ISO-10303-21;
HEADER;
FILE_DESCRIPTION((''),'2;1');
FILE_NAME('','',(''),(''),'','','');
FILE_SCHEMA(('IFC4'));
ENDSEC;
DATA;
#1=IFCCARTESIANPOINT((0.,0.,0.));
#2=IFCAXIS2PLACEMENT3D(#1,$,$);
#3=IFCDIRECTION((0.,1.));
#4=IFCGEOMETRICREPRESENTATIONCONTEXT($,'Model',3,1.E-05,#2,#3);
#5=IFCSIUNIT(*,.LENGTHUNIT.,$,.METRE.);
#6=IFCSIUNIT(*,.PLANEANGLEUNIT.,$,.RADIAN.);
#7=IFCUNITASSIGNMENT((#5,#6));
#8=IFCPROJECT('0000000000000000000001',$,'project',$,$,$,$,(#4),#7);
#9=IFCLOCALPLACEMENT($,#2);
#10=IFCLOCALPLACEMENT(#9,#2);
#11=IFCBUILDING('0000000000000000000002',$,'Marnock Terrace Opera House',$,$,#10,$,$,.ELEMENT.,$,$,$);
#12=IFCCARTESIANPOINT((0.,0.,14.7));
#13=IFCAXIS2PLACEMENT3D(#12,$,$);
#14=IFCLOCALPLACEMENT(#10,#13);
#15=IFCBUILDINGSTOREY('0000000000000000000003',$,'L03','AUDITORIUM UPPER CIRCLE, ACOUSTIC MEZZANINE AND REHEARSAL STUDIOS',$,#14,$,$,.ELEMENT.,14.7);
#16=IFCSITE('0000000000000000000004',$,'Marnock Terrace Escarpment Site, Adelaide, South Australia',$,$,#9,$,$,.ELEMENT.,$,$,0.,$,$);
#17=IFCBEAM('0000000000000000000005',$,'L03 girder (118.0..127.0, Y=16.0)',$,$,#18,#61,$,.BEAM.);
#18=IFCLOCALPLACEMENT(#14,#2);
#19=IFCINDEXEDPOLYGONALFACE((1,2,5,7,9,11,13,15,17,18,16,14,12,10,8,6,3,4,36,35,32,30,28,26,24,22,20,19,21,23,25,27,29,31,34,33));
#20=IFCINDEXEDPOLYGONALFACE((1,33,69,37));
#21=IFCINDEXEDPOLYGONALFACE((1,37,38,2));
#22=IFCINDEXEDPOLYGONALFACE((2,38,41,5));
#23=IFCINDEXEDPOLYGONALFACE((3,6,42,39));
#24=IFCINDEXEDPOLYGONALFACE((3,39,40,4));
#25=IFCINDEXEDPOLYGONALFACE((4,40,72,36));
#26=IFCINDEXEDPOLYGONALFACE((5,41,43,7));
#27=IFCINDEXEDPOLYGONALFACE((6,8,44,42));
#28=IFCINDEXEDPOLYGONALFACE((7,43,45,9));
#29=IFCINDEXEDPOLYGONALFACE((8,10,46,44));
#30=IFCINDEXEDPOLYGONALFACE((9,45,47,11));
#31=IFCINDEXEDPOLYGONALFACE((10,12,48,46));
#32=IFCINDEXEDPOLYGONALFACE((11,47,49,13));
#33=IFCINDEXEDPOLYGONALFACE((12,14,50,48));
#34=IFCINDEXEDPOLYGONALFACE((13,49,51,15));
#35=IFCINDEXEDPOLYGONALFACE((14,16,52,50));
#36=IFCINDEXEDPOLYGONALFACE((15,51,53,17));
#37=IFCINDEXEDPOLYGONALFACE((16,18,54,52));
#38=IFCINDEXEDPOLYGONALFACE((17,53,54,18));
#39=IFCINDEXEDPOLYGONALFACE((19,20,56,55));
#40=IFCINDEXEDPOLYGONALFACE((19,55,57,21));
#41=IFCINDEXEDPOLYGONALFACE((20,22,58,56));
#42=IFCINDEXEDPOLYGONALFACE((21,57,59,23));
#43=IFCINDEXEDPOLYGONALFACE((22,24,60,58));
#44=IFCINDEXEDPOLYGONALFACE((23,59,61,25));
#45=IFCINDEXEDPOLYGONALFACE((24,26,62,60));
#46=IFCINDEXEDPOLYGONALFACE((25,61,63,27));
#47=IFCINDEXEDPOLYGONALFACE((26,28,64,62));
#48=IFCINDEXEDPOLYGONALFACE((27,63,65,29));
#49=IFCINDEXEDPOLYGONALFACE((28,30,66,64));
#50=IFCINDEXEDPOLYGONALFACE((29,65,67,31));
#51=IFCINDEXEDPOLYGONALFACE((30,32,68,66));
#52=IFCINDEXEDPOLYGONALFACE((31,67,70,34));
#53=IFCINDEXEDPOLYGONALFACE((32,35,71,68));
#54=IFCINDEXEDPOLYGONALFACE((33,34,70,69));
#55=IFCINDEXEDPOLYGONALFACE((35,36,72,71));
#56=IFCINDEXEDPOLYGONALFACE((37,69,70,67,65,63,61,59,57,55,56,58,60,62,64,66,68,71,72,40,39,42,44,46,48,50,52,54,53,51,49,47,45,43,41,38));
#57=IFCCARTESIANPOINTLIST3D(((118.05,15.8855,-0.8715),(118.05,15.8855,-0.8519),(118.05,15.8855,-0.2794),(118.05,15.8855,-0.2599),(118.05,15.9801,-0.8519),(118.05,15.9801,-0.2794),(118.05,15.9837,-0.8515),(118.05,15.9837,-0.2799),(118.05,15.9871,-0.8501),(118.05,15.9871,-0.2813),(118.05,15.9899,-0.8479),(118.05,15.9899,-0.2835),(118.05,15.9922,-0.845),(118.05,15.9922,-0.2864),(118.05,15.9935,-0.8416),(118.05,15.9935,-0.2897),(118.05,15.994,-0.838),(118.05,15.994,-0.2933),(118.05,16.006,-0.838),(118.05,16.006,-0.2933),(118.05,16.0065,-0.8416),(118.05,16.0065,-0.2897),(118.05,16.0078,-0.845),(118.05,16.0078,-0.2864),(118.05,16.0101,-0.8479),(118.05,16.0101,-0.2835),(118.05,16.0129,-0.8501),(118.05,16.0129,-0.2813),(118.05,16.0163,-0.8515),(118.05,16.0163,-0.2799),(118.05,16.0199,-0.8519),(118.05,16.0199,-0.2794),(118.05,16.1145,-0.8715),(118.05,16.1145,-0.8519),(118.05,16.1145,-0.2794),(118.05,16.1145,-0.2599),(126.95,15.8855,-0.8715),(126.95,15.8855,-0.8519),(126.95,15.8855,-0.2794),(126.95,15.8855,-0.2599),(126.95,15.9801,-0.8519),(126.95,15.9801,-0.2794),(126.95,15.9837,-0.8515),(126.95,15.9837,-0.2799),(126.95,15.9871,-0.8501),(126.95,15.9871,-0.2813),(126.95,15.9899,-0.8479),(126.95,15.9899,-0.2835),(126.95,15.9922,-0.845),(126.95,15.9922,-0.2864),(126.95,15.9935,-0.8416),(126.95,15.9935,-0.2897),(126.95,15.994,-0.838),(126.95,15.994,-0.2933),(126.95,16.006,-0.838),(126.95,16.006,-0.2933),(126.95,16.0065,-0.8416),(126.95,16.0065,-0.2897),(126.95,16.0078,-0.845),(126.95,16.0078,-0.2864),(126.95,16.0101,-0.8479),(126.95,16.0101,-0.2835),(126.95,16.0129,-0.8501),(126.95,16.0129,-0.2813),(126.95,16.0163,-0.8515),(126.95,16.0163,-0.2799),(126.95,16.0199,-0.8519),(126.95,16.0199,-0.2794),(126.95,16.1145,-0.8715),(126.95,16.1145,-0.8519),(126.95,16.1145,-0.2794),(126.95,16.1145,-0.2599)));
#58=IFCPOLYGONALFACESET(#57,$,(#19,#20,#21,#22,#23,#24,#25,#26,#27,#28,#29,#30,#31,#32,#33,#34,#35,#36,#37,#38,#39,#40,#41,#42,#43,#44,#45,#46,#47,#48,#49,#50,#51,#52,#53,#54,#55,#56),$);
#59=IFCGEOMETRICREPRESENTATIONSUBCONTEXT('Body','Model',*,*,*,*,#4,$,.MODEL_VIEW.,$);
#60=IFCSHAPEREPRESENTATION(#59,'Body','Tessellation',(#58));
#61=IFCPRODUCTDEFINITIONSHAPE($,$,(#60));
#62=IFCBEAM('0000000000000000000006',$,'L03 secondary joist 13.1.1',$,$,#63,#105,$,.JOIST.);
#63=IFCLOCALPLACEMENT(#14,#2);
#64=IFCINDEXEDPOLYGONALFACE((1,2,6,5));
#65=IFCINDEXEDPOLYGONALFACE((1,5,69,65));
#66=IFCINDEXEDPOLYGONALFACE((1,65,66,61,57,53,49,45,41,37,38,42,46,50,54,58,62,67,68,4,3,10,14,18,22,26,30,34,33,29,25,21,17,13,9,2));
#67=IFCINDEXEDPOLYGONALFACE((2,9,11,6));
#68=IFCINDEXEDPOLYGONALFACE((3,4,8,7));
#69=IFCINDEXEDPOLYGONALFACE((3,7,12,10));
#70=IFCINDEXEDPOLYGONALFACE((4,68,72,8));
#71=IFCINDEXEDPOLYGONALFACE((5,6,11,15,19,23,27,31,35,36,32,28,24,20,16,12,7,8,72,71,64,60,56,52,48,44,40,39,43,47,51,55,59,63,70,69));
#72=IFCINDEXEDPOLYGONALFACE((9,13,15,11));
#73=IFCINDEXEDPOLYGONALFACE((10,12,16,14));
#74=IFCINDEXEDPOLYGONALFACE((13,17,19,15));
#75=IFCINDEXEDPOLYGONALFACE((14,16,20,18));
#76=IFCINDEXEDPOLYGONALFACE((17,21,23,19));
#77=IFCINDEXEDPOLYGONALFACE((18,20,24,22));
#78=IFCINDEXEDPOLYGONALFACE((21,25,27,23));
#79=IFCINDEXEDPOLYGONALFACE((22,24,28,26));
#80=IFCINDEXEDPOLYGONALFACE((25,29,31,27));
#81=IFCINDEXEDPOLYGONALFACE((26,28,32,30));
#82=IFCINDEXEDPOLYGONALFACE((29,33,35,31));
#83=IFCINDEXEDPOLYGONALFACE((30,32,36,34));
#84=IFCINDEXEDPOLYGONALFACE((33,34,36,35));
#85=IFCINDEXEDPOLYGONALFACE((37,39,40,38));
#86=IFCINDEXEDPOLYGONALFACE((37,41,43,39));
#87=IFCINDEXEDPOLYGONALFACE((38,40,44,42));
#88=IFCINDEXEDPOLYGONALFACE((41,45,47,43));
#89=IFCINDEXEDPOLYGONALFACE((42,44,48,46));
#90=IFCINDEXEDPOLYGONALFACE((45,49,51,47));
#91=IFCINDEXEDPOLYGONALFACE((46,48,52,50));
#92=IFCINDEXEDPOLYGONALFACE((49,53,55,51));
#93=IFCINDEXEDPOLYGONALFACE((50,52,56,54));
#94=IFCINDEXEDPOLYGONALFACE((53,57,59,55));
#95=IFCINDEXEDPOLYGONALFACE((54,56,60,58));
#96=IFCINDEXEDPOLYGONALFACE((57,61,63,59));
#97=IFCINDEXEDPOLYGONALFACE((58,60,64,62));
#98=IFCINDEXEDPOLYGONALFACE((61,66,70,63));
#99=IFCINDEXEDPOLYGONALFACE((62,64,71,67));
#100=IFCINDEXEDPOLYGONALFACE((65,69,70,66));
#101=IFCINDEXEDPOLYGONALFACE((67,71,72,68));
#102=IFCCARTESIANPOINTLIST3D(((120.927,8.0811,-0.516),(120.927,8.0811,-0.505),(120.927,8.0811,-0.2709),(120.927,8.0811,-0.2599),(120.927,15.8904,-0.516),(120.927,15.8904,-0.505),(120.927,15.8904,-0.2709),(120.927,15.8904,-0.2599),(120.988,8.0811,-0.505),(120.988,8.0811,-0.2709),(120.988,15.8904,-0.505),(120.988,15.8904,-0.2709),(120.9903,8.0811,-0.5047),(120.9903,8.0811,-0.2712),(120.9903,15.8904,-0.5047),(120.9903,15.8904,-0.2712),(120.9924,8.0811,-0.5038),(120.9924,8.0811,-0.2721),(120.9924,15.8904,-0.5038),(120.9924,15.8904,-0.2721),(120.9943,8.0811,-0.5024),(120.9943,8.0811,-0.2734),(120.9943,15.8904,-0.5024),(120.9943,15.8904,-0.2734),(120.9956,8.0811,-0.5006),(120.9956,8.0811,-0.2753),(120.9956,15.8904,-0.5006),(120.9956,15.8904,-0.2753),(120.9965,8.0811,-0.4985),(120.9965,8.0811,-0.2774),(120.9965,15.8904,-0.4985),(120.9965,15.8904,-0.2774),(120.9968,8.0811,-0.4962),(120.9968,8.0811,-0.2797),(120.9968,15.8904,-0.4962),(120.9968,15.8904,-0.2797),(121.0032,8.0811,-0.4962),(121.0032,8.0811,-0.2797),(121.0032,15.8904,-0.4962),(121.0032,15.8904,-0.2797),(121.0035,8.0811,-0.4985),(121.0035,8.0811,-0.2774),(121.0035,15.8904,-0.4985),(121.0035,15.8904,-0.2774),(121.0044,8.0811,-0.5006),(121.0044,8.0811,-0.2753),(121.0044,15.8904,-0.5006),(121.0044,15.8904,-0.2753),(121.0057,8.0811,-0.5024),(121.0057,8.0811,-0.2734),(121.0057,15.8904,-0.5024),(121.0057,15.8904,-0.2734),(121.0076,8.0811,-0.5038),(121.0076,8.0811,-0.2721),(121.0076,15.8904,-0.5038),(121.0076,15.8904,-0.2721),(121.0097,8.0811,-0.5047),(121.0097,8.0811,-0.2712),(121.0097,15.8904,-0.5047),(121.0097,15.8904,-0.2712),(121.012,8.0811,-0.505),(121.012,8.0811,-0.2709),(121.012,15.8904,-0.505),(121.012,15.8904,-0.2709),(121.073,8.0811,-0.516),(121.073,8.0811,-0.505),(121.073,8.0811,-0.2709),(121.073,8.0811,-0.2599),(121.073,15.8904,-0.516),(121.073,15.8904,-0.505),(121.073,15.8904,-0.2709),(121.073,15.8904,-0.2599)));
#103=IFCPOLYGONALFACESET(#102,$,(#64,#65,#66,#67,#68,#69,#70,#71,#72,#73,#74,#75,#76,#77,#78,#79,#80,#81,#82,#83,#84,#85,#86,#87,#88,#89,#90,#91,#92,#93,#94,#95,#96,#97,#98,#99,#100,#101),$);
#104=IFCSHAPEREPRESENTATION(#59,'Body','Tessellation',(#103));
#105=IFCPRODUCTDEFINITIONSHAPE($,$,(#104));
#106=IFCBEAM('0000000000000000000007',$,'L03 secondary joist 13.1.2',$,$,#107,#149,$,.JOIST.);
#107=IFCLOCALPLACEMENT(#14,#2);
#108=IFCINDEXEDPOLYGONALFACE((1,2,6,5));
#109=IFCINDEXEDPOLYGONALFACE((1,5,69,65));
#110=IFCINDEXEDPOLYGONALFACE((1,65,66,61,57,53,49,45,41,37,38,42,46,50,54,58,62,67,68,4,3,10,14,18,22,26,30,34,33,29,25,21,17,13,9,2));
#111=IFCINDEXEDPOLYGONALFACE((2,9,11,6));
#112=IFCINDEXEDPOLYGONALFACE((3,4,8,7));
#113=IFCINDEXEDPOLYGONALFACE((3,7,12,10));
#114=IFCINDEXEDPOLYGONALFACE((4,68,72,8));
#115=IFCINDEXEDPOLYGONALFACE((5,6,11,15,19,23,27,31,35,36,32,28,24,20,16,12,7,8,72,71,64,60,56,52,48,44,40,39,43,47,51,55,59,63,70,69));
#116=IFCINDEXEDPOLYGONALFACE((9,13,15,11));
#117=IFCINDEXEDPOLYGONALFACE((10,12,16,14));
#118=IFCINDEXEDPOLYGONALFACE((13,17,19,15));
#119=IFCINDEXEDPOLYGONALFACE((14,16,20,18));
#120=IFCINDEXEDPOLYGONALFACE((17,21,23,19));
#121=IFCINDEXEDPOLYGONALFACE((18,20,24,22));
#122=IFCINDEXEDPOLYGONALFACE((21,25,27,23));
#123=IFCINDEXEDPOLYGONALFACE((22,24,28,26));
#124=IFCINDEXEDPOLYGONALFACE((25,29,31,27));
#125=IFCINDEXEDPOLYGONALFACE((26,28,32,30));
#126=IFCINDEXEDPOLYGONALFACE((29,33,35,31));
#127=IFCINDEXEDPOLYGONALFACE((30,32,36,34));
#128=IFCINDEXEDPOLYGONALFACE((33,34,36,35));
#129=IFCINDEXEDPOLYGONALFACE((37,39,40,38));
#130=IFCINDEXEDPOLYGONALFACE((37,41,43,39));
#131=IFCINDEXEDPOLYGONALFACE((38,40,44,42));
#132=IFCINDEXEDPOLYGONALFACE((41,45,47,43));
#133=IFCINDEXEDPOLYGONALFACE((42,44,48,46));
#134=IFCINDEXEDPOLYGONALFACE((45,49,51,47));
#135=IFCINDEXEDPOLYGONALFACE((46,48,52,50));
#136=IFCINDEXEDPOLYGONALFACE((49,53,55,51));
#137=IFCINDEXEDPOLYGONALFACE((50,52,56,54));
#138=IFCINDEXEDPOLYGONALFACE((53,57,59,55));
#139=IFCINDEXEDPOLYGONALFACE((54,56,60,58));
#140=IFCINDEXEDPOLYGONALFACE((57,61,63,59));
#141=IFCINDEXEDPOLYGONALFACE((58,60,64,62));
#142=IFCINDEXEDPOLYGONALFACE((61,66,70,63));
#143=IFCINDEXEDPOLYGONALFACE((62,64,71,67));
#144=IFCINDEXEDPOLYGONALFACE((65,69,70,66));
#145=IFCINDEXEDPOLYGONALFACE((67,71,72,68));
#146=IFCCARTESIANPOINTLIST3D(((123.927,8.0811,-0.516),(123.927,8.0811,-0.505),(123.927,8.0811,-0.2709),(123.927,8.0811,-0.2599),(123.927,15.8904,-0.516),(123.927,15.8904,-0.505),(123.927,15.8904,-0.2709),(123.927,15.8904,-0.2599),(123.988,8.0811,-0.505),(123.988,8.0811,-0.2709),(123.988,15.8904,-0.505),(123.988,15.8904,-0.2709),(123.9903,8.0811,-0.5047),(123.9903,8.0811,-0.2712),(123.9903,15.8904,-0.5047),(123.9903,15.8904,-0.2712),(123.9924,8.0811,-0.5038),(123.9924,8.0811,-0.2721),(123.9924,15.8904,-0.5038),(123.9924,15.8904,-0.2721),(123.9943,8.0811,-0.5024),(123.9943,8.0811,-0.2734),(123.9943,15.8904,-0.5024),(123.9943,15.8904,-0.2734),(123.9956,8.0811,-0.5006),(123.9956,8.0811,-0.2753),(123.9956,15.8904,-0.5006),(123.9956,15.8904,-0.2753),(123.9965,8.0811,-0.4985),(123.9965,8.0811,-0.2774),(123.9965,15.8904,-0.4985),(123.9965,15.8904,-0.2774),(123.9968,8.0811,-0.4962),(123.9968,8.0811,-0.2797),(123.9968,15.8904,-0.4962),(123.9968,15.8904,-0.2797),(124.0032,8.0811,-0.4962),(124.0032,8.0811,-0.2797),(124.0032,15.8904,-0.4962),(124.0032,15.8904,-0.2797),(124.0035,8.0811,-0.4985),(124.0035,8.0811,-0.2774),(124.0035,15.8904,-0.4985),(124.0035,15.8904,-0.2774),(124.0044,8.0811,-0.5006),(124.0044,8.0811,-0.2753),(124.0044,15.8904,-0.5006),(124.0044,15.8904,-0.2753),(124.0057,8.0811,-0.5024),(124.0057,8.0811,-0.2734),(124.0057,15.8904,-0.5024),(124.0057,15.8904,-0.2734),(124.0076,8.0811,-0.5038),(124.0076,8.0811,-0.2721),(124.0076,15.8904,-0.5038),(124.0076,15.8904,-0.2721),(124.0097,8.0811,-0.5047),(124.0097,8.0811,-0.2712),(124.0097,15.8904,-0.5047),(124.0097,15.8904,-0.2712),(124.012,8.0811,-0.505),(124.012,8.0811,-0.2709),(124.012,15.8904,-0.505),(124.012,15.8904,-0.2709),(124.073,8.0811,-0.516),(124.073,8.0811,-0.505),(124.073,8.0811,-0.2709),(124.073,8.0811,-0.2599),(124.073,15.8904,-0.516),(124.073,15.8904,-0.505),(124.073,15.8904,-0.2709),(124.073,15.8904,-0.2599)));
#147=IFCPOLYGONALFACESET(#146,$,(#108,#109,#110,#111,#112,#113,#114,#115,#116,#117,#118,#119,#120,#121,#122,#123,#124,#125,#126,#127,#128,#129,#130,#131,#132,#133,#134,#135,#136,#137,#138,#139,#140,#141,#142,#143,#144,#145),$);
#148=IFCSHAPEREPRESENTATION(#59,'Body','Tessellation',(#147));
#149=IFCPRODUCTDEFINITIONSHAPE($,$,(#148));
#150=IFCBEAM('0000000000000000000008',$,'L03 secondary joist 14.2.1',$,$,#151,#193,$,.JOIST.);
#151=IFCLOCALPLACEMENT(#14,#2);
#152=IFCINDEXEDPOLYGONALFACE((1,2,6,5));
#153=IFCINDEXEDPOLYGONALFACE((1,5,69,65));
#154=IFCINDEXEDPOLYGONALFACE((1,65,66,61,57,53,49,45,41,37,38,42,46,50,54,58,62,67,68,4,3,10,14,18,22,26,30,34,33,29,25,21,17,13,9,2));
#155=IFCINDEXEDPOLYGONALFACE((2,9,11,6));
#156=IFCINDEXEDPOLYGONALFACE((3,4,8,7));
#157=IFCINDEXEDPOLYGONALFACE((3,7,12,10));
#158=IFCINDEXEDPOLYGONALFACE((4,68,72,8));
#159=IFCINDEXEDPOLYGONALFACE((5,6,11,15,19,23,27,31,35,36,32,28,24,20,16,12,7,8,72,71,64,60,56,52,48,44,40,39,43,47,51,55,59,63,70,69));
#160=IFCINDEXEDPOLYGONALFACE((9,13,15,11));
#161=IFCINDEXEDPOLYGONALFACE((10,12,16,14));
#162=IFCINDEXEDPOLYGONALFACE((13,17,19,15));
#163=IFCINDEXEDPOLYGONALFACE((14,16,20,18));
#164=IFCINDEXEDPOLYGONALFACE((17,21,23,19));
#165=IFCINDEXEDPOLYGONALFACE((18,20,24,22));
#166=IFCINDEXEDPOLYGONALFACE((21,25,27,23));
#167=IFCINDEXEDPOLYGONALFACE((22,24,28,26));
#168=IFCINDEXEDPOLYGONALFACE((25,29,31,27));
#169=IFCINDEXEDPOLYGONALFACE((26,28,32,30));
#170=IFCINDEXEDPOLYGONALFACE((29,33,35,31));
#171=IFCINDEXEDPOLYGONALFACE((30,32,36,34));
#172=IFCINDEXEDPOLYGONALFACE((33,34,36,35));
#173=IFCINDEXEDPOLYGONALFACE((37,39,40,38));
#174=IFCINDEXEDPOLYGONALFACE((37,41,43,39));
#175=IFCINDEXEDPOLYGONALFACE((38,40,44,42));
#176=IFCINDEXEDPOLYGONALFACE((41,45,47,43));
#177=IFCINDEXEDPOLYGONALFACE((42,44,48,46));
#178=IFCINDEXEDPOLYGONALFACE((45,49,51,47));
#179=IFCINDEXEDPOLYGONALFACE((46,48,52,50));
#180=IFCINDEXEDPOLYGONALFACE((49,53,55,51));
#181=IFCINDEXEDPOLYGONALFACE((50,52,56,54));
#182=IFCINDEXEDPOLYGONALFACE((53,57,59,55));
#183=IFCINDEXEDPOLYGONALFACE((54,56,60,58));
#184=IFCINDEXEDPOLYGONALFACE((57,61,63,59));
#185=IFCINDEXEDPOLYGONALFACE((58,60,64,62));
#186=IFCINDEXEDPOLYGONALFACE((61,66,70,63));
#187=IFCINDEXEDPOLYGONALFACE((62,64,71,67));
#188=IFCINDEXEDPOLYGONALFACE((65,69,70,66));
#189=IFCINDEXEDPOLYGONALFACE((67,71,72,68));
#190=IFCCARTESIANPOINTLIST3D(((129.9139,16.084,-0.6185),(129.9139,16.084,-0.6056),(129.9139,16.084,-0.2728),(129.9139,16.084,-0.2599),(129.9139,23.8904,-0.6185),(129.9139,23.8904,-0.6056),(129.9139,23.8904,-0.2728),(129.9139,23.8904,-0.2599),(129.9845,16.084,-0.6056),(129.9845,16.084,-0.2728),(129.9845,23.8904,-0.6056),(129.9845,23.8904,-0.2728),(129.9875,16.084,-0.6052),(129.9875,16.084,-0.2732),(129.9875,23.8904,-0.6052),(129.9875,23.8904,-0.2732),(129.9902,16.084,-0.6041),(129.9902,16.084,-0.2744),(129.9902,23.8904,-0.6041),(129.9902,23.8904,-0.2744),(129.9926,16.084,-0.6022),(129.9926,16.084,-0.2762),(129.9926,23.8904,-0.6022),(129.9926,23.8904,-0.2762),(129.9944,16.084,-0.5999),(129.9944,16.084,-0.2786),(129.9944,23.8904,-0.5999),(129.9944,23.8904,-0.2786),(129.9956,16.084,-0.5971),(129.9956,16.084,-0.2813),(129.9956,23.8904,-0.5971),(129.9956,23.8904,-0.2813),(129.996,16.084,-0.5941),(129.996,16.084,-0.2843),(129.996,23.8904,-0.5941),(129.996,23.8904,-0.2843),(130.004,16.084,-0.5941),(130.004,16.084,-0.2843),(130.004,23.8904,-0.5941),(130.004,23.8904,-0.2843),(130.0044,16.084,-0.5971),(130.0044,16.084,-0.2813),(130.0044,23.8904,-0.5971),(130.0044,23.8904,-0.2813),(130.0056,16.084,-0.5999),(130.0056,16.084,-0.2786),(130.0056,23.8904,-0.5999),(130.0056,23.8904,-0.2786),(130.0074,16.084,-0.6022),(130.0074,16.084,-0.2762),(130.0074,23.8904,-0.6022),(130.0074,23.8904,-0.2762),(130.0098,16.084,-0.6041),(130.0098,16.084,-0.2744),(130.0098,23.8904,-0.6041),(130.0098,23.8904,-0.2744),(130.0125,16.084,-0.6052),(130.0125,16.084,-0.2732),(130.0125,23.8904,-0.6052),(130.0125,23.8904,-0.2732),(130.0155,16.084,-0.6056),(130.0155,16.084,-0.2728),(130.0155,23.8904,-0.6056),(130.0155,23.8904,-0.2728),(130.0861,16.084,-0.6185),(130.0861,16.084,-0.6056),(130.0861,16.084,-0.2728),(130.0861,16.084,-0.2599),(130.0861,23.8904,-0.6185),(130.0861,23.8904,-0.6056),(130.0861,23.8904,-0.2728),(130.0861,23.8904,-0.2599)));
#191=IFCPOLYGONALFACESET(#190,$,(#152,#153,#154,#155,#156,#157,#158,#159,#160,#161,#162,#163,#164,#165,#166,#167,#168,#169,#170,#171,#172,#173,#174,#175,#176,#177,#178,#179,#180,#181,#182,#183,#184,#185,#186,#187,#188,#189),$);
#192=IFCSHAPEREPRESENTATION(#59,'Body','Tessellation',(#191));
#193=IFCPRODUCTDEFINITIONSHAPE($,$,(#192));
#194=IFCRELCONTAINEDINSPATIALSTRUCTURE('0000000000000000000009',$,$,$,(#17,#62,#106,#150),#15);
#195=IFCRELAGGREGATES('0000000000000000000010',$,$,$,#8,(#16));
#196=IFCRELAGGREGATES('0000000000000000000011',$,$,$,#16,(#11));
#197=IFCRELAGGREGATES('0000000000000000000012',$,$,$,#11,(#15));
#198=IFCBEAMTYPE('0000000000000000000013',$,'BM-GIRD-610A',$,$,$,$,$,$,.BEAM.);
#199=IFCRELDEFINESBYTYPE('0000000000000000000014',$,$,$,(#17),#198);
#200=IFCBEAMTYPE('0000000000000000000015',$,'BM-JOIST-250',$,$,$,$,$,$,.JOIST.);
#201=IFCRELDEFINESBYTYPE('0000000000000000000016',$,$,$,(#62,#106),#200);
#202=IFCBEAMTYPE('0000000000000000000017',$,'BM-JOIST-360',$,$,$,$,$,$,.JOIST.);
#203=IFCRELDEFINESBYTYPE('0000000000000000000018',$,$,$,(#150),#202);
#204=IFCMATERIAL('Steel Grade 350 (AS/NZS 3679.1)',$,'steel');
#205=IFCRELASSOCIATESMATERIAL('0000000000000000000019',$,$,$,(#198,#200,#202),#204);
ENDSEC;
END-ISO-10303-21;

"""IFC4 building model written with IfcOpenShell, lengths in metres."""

from ifc_helpers import new_model, si_unit, direction, frame, origin, origin_2d, place, context, subcontext, project, spatial, i_section, extrude, material, material_profile, profile_set, type_object, element, save


model = new_model("IFC4")

# Units and contexts
model_context = context("Model", 3, precision=1e-05, world=origin(), true_north=direction((0.0, 1.0)))
body_context = subcontext(model_context, "Body", "Model", "MODEL_VIEW")
ifc_project = project(units=[si_unit("LENGTHUNIT", "METRE"), si_unit("PLANEANGLEUNIT", "RADIAN")], contexts=[model_context])

# Site, building, storey
site_placement = place(None, origin())
site = spatial("IfcSite", under=ifc_project, at=site_placement, Name="Marnock Terrace Escarpment Site, Adelaide, South Australia", CompositionType="ELEMENT", RefElevation=0.0)
building_placement = place(site_placement, origin())
building = spatial("IfcBuilding", under=site, at=building_placement, Name="Marnock Terrace Opera House", CompositionType="ELEMENT")
storey_placement = place(building_placement, frame((0.0, 0.0, 14.7)))
storey = spatial("IfcBuildingStorey", under=building, at=storey_placement, Name="L03", Description="AUDITORIUM UPPER CIRCLE, ACOUSTIC MEZZANINE AND REHEARSAL STUDIOS", CompositionType="ELEMENT", Elevation=14.7)

# Beams
ifc_material_1 = material(Name="Steel Grade 350 (AS/NZS 3679.1)", Category="steel")
ifc_material_profile_1 = material_profile(ifc_material_1, i_section(OverallWidth=0.229, OverallDepth=0.6116, WebThickness=0.012, FlangeThickness=0.0195, FilletRadius=0.0139, at=origin_2d()))
ifc_profile_set_1 = profile_set([ifc_material_profile_1], Name="Steel Grade 350 (AS/NZS 3679.1)")
beam_type_1 = type_object("IfcBeamType", Name="BM-GIRD-610A", PredefinedType="BEAM", material=ifc_profile_set_1)
beam_1_placement = place(storey_placement, frame((118.05, 16.0, -0.5657), z_axis=(1.0, 0.0, 0.0), x_axis=(0.0, 1.0, 0.0)))
element("IfcBeam", 1, at=beam_1_placement, inside=storey, type_object=beam_type_1, Name="L03 girder (118.0..127.0, Y=16.0)", PredefinedType="BEAM", context=body_context, shape_type="SweptSolid", body=[
    extrude(i_section(OverallWidth=0.229, OverallDepth=0.6116, WebThickness=0.012, FlangeThickness=0.0195, FilletRadius=0.0139, at=origin_2d()), origin(), (0.0, 0.0, 1.0), 8.8999),
])
ifc_material_profile_2 = material_profile(ifc_material_1, i_section(OverallWidth=0.146, OverallDepth=0.2561, WebThickness=0.0063, FlangeThickness=0.011, FilletRadius=0.0088, at=origin_2d()))
ifc_profile_set_2 = profile_set([ifc_material_profile_2], Name="Steel Grade 350 (AS/NZS 3679.1)")
beam_type_2 = type_object("IfcBeamType", Name="BM-JOIST-250", PredefinedType="JOIST", material=ifc_profile_set_2)
for number, where, z_axis, x_axis, name in (
    (2, (121.0, 8.0811, -0.3879), (0.0, 1.0, 0.0), (-1.0, 0.0, 0.0), "L03 secondary joist 13.1.1"),
    (3, (124.0, 8.0811, -0.3879), (0.0, 1.0, 0.0), (-1.0, 0.0, 0.0), "L03 secondary joist 13.1.2"),
):
    element("IfcBeam", number, at=place(storey_placement, frame(where, z_axis=z_axis, x_axis=x_axis)), inside=storey, type_object=beam_type_2, Name=name, PredefinedType="JOIST", context=body_context, shape_type="SweptSolid", body=[
        extrude(i_section(OverallWidth=0.146, OverallDepth=0.2561, WebThickness=0.0063, FlangeThickness=0.011, FilletRadius=0.0088, at=origin_2d()), origin(), (0.0, 0.0, 1.0), 7.8093),
    ])
ifc_material_profile_3 = material_profile(ifc_material_1, i_section(OverallWidth=0.1721, OverallDepth=0.3586, WebThickness=0.0081, FlangeThickness=0.0129, FilletRadius=0.0115, at=origin_2d()))
ifc_profile_set_3 = profile_set([ifc_material_profile_3], Name="Steel Grade 350 (AS/NZS 3679.1)")
beam_type_3 = type_object("IfcBeamType", Name="BM-JOIST-360", PredefinedType="JOIST", material=ifc_profile_set_3)
for number, where, z_axis, x_axis, name in (
    (4, (130.0, 16.084, -0.4392), (0.0, 1.0, 0.0), (-1.0, 0.0, 0.0), "L03 secondary joist 14.2.1"),
):
    element("IfcBeam", number, at=place(storey_placement, frame(where, z_axis=z_axis, x_axis=x_axis)), inside=storey, type_object=beam_type_3, Name=name, PredefinedType="JOIST", context=body_context, shape_type="SweptSolid", body=[
        extrude(i_section(OverallWidth=0.1721, OverallDepth=0.3586, WebThickness=0.0081, FlangeThickness=0.0129, FilletRadius=0.0115, at=origin_2d()), origin(), (0.0, 0.0, 1.0), 7.8064),
    ])

save(model, "model.ifc")
